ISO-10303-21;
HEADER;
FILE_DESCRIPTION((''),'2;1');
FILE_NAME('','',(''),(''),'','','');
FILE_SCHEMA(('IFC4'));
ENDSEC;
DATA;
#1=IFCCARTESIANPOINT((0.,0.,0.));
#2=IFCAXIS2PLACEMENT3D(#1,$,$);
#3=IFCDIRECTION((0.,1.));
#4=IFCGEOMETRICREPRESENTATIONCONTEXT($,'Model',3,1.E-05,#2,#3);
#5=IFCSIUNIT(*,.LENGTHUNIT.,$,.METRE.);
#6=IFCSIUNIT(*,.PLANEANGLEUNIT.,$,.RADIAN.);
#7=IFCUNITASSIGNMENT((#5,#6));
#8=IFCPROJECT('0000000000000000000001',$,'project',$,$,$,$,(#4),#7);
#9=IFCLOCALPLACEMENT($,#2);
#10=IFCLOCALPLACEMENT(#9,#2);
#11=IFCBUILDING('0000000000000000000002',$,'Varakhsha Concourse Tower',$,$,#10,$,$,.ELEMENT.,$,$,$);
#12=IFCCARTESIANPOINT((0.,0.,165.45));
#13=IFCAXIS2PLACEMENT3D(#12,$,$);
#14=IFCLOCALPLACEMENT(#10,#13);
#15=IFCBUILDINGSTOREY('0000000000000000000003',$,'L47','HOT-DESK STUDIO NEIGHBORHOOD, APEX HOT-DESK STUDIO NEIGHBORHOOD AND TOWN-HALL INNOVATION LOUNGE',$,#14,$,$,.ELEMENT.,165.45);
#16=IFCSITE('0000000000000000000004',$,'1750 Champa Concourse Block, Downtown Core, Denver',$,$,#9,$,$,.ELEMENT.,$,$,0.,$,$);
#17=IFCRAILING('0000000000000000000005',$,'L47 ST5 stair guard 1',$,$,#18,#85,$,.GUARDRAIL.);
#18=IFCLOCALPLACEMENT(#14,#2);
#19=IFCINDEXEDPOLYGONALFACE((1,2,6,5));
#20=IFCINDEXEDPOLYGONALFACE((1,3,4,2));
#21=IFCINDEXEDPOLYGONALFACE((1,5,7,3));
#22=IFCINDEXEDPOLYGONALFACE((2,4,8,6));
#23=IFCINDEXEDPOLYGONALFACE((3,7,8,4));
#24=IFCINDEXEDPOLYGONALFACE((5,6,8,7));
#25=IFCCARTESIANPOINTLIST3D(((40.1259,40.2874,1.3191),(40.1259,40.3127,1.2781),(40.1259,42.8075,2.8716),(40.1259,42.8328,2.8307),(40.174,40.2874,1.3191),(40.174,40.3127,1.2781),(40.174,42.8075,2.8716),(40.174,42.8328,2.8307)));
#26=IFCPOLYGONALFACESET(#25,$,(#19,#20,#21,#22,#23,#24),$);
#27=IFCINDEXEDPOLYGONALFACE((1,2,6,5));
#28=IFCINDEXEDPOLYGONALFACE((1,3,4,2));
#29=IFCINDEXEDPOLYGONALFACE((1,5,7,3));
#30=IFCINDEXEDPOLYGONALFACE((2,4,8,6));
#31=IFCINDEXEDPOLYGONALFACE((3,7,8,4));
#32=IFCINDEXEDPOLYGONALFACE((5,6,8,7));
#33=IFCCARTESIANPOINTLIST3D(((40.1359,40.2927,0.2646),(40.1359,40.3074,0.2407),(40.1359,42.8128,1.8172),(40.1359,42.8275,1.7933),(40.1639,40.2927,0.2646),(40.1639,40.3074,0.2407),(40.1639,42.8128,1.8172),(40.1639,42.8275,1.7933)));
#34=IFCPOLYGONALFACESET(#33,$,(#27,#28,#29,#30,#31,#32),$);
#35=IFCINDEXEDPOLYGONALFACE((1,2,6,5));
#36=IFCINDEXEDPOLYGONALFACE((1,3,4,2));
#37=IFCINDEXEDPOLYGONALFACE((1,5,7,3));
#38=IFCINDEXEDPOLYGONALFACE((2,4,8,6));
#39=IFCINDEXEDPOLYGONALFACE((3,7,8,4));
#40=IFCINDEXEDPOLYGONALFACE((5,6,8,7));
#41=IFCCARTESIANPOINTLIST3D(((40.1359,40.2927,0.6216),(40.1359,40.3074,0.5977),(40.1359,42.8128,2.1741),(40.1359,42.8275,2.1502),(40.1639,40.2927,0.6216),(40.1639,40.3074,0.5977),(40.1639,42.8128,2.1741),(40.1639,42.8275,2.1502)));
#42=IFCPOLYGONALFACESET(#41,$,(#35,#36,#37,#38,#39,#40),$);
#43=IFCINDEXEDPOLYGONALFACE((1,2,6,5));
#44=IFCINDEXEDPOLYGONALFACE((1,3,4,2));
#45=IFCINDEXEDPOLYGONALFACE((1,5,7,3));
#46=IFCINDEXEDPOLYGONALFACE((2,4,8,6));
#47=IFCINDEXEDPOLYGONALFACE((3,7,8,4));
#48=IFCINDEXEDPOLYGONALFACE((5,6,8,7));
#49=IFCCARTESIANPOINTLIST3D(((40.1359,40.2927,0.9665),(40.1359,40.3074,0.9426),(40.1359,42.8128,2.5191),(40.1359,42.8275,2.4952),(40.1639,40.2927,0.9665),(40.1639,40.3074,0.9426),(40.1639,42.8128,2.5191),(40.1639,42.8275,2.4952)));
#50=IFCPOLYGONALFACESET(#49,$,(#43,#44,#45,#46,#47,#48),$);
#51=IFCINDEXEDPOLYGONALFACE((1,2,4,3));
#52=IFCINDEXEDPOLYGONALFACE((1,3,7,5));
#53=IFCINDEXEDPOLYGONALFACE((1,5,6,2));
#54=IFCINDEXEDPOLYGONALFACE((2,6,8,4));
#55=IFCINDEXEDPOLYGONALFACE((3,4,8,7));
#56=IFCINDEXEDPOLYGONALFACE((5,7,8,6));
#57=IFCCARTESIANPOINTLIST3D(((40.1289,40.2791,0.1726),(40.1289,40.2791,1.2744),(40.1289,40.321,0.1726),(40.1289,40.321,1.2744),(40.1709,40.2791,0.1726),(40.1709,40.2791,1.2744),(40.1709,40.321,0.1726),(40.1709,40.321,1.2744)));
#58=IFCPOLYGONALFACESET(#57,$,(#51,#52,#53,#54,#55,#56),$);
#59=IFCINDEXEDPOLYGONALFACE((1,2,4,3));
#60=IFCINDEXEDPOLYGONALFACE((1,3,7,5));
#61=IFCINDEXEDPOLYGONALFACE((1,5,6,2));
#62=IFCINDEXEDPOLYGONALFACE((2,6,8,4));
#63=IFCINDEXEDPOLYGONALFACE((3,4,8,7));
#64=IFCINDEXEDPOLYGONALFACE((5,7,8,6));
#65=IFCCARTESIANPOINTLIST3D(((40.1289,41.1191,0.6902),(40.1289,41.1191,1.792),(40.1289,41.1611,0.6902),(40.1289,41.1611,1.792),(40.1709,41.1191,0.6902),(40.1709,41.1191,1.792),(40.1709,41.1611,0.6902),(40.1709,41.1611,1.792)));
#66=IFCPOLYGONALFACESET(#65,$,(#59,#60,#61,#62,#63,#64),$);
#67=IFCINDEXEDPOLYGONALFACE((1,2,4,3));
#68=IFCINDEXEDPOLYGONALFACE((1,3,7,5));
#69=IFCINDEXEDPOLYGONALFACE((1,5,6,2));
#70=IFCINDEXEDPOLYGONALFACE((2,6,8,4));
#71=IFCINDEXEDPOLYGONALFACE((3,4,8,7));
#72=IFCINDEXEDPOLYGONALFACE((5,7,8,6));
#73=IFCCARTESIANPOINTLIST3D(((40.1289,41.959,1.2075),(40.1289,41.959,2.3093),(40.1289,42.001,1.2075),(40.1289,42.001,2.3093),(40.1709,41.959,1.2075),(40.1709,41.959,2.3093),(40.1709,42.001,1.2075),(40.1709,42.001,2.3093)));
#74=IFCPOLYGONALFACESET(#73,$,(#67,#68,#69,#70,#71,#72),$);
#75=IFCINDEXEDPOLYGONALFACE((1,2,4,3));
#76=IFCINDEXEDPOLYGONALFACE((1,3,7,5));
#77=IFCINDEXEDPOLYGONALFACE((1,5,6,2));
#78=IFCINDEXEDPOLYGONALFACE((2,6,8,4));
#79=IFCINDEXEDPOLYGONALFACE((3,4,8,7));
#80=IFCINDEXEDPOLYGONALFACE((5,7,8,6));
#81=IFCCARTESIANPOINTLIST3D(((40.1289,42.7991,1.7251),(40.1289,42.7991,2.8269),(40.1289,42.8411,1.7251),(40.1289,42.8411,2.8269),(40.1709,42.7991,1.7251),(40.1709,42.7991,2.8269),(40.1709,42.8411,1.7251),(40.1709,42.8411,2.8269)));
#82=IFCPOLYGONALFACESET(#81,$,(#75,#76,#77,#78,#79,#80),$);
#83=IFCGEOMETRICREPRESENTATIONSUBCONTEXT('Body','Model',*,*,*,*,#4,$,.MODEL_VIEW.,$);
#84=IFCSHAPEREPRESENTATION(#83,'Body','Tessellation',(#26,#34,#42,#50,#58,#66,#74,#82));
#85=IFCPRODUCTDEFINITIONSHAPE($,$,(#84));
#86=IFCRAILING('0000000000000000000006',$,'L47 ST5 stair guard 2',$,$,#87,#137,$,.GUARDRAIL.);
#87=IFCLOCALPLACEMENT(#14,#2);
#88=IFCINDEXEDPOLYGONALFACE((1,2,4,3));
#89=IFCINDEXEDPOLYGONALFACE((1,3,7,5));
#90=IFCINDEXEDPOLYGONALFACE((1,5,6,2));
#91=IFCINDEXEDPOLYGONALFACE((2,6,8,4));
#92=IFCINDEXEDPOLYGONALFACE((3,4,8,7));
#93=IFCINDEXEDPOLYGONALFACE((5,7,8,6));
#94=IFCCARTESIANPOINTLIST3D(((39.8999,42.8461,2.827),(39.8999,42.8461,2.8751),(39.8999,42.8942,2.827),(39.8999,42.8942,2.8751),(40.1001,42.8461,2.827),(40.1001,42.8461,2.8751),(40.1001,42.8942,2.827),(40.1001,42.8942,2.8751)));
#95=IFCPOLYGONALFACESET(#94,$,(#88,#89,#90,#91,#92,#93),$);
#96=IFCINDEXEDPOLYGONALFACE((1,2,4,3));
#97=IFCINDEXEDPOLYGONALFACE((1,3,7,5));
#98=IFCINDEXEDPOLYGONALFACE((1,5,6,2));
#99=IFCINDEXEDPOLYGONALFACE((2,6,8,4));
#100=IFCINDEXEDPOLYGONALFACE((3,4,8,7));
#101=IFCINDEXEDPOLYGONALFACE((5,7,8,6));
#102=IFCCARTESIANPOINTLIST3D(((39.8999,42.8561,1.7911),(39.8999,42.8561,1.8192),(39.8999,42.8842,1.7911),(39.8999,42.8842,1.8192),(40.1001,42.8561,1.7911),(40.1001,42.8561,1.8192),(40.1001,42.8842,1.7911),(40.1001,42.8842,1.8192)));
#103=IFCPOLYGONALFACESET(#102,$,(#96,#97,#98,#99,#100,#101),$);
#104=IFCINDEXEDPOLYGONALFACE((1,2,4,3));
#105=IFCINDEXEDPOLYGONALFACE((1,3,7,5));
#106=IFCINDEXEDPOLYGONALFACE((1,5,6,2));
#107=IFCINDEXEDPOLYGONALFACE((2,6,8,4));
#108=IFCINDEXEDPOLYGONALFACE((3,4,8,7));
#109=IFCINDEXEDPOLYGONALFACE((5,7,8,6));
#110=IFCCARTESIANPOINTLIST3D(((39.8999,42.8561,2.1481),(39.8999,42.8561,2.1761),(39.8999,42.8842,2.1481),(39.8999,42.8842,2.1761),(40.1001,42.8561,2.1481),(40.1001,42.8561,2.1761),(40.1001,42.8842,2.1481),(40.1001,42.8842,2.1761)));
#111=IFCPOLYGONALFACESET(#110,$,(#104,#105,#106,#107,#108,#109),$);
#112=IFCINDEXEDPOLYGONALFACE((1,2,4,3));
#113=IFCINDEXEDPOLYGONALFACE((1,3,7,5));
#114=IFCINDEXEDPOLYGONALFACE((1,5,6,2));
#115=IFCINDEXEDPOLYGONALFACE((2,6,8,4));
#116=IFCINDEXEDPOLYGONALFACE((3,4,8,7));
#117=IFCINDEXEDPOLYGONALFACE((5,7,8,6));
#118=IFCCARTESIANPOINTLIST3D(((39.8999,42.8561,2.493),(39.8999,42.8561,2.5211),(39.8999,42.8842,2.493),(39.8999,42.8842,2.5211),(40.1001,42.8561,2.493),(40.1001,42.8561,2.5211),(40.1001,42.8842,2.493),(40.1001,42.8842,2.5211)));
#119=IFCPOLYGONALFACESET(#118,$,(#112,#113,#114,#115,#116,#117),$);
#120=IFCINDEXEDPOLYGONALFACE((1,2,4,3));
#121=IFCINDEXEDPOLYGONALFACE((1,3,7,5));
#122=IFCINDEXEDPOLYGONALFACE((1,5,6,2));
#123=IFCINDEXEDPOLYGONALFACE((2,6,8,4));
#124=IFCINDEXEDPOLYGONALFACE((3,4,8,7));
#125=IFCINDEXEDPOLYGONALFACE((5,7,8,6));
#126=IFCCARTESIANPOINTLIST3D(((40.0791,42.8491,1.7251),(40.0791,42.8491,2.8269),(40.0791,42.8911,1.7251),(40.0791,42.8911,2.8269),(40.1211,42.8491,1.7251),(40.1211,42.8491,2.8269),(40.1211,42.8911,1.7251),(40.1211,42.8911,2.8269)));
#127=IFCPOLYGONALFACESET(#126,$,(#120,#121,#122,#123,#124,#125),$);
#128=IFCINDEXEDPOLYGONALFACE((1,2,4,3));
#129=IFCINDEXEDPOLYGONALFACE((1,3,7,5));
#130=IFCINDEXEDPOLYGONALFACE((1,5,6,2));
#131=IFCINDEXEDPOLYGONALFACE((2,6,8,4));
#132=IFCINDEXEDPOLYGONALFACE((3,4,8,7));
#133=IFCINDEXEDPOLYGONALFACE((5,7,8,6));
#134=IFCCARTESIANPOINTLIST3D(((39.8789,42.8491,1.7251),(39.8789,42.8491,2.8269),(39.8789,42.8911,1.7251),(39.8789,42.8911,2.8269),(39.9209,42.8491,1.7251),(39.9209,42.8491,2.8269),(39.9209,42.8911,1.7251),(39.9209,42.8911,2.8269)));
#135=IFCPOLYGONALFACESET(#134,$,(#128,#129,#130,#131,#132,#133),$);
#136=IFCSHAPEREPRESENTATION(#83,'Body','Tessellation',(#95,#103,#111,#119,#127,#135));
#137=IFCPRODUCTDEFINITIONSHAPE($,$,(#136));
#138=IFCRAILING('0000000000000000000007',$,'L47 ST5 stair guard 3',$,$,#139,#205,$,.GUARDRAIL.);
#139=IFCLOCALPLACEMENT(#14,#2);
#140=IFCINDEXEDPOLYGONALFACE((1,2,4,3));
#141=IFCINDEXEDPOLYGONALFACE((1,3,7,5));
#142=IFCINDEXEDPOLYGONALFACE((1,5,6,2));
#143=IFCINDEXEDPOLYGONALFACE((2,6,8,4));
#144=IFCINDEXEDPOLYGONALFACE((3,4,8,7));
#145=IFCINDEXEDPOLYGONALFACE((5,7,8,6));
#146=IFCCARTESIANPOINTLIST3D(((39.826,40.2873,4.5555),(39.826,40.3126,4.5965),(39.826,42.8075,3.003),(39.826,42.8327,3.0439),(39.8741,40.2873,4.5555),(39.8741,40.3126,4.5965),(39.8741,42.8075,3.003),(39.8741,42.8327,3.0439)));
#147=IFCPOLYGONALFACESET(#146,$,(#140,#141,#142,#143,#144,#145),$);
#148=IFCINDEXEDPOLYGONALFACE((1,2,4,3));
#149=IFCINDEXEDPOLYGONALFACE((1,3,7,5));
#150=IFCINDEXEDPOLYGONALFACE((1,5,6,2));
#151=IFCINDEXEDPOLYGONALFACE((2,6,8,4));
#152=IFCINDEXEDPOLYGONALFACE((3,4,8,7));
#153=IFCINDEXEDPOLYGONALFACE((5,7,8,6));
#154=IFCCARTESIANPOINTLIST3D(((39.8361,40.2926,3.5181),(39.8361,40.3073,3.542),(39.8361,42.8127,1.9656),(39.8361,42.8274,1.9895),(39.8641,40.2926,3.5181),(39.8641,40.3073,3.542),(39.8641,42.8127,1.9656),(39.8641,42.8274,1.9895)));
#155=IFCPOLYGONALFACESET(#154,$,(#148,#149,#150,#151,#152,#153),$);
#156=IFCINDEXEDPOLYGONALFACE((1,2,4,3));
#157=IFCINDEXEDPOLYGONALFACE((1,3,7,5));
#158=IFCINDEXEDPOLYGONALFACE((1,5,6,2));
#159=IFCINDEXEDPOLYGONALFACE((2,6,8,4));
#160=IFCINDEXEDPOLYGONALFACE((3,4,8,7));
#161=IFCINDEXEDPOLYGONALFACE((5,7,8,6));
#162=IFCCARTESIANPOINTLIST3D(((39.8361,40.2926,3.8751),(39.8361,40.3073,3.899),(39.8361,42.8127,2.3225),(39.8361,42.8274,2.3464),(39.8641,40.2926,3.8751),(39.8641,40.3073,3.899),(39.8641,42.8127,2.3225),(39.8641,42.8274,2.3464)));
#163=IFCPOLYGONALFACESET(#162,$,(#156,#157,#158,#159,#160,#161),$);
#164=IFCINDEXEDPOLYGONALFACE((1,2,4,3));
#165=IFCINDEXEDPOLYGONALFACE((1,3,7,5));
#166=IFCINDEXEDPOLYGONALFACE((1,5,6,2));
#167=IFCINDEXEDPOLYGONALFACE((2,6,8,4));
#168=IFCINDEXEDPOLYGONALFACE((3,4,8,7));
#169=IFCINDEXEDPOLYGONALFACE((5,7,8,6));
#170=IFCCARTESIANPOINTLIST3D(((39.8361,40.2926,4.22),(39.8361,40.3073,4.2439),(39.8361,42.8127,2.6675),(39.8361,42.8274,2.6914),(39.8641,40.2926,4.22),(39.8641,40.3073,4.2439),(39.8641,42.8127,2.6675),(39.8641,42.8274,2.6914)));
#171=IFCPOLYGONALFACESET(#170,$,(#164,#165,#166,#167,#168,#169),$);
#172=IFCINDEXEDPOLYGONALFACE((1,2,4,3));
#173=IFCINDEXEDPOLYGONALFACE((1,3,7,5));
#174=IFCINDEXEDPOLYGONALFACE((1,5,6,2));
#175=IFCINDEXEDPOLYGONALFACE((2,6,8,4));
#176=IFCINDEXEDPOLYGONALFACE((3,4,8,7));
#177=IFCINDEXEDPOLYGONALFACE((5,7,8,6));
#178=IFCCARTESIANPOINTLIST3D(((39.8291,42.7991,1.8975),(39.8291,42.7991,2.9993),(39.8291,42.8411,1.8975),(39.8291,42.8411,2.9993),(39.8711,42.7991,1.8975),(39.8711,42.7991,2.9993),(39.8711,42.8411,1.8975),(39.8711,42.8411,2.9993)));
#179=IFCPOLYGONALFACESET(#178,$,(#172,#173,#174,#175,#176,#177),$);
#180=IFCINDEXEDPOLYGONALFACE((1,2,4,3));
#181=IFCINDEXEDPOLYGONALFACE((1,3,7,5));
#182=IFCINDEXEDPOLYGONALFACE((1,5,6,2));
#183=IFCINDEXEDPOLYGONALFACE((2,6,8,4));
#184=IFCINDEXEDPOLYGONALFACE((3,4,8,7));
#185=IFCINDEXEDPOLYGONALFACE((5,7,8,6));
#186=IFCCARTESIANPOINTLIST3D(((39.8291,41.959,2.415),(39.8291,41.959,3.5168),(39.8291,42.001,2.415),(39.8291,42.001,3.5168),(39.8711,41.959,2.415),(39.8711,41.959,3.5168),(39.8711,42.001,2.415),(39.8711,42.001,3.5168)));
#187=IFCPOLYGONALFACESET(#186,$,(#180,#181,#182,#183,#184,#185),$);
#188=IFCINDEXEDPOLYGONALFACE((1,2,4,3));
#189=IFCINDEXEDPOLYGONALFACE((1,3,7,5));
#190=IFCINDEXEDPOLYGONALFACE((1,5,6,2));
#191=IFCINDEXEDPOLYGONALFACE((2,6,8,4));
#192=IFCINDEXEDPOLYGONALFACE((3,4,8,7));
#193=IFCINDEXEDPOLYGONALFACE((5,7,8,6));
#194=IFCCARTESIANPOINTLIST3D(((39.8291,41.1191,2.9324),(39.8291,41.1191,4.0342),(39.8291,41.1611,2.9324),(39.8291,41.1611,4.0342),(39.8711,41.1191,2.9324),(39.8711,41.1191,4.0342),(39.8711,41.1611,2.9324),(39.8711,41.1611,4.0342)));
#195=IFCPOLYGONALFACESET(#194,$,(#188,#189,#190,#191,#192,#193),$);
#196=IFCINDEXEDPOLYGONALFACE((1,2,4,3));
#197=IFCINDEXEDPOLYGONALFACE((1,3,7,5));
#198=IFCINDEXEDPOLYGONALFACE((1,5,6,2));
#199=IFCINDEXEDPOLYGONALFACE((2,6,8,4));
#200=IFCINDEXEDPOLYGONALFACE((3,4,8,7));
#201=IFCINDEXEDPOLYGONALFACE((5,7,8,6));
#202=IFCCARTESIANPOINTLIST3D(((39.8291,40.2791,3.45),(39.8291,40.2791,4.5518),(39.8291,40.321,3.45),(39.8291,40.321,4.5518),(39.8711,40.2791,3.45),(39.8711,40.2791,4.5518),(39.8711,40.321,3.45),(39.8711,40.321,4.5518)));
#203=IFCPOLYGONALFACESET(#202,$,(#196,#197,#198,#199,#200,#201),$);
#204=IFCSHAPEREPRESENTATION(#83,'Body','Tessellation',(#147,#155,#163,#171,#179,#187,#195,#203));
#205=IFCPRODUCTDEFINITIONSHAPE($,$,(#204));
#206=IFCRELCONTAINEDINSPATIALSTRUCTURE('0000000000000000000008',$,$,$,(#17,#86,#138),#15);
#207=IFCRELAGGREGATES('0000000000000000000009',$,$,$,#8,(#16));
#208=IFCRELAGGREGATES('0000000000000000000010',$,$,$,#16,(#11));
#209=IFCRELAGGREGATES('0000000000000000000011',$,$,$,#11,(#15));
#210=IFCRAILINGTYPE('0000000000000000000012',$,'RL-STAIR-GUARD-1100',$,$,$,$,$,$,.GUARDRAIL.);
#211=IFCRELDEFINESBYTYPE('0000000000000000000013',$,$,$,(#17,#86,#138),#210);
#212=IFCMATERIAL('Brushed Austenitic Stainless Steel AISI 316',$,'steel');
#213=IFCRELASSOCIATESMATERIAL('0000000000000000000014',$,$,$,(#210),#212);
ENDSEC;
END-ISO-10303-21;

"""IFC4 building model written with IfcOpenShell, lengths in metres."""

from ifc_helpers import new_model, si_unit, direction, frame, origin, origin_2d, place, context, subcontext, project, spatial, rectangle, extrude, material, type_object, element, save


model = new_model("IFC4")

# Units and contexts
model_context = context("Model", 3, precision=1e-05, world=origin(), true_north=direction((0.0, 1.0)))
body_context = subcontext(model_context, "Body", "Model", "MODEL_VIEW")
ifc_project = project(units=[si_unit("LENGTHUNIT", "METRE"), si_unit("PLANEANGLEUNIT", "RADIAN")], contexts=[model_context])

# Site, building, storey
site_placement = place(None, origin())
site = spatial("IfcSite", under=ifc_project, at=site_placement, Name="1750 Champa Concourse Block, Downtown Core, Denver", CompositionType="ELEMENT", RefElevation=0.0)
building_placement = place(site_placement, origin())
building = spatial("IfcBuilding", under=site, at=building_placement, Name="Varakhsha Concourse Tower", CompositionType="ELEMENT")
storey_placement = place(building_placement, frame((0.0, 0.0, 165.45)))
storey = spatial("IfcBuildingStorey", under=building, at=storey_placement, Name="L47", Description="HOT-DESK STUDIO NEIGHBORHOOD, APEX HOT-DESK STUDIO NEIGHBORHOOD AND TOWN-HALL INNOVATION LOUNGE", CompositionType="ELEMENT", Elevation=165.45)

# Railings
ifc_material_1 = material(Name="Brushed Austenitic Stainless Steel AISI 316", Category="steel")
railing_type_1 = type_object("IfcRailingType", Name="RL-STAIR-GUARD-1100", PredefinedType="GUARDRAIL", material=ifc_material_1)
railing_1_placement = place(storey_placement, frame((40.1499, 40.3, 0.1726)))
element("IfcRailing", 1, at=railing_1_placement, inside=storey, type_object=railing_type_1, Name="L47 ST5 stair guard 1", PredefinedType="GUARDRAIL", context=body_context, shape_type="SweptSolid", body=[
    extrude(rectangle(XDim=0.0481, YDim=0.0481, at=origin_2d()), frame((0.0, 0.0, 1.126), z_axis=(0.0, 0.8514, 0.524516), x_axis=(-1.0, 0.0, 0.0)), (0.0, 0.0, 1.0), 2.96),
    extrude(rectangle(XDim=0.0281, YDim=0.0281, at=origin_2d()), frame((0.0, 0.0, 0.0801), z_axis=(0.0, 0.8514, 0.524516), x_axis=(-1.0, 0.0, 0.0)), (0.0, 0.0, 1.0), 2.96),
    extrude(rectangle(XDim=0.0281, YDim=0.0281, at=origin_2d()), frame((0.0, 0.0, 0.437), z_axis=(0.0, 0.8514, 0.524516), x_axis=(-1.0, 0.0, 0.0)), (0.0, 0.0, 1.0), 2.96),
    extrude(rectangle(XDim=0.0281, YDim=0.0281, at=origin_2d()), frame((0.0, 0.0, 0.782), z_axis=(0.0, 0.8514, 0.524516), x_axis=(-1.0, 0.0, 0.0)), (0.0, 0.0, 1.0), 2.96),
    extrude(rectangle(XDim=0.042, YDim=0.042, at=origin_2d()), origin(), (0.0, 0.0, 1.0), 1.1018),
    extrude(rectangle(XDim=0.042, YDim=0.042, at=origin_2d()), frame((0.0, 0.8401, 0.5176)), (0.0, 0.0, 1.0), 1.1018),
    extrude(rectangle(XDim=0.042, YDim=0.042, at=origin_2d()), frame((0.0, 1.6799, 1.0349)), (0.0, 0.0, 1.0), 1.1018),
    extrude(rectangle(XDim=0.042, YDim=0.042, at=origin_2d()), frame((0.0, 2.52, 1.5525)), (0.0, 0.0, 1.0), 1.1018),
])
railing_2_placement = place(storey_placement, frame((40.1001, 42.8701, 1.7251)))
element("IfcRailing", 2, at=railing_2_placement, inside=storey, type_object=railing_type_1, Name="L47 ST5 stair guard 2", PredefinedType="GUARDRAIL", context=body_context, shape_type="SweptSolid", body=[
    extrude(rectangle(XDim=0.0481, YDim=0.0481, at=origin_2d()), frame((0.0, 0.0, 1.126), z_axis=(-1.0, 0.0, 0.0), x_axis=(0.0, -1.0, 0.0)), (0.0, 0.0, 1.0), 0.2002),
    extrude(rectangle(XDim=0.0281, YDim=0.0281, at=origin_2d()), frame((0.0, 0.0, 0.0801), z_axis=(-1.0, 0.0, 0.0), x_axis=(0.0, -1.0, 0.0)), (0.0, 0.0, 1.0), 0.2002),
    extrude(rectangle(XDim=0.0281, YDim=0.0281, at=origin_2d()), frame((0.0, 0.0, 0.437), z_axis=(-1.0, 0.0, 0.0), x_axis=(0.0, -1.0, 0.0)), (0.0, 0.0, 1.0), 0.2002),
    extrude(rectangle(XDim=0.0281, YDim=0.0281, at=origin_2d()), frame((0.0, 0.0, 0.782), z_axis=(-1.0, 0.0, 0.0), x_axis=(0.0, -1.0, 0.0)), (0.0, 0.0, 1.0), 0.2002),
    extrude(rectangle(XDim=0.042, YDim=0.042, at=origin_2d()), origin(), (0.0, 0.0, 1.0), 1.1018),
    extrude(rectangle(XDim=0.042, YDim=0.042, at=origin_2d()), frame((-0.2002, 0.0, 0.0)), (0.0, 0.0, 1.0), 1.1018),
])
railing_3_placement = place(storey_placement, frame((39.8501, 42.8201, 1.8975)))
element("IfcRailing", 3, at=railing_3_placement, inside=storey, type_object=railing_type_1, Name="L47 ST5 stair guard 3", PredefinedType="GUARDRAIL", context=body_context, shape_type="SweptSolid", body=[
    extrude(rectangle(XDim=0.0481, YDim=0.0481, at=origin_2d()), frame((0.0, 0.0, 1.126), z_axis=(0.0, -0.8514, 0.524516), x_axis=(1.0, 0.0, 0.0)), (0.0, 0.0, 1.0), 2.96),
    extrude(rectangle(XDim=0.0281, YDim=0.0281, at=origin_2d()), frame((0.0, 0.0, 0.0801), z_axis=(0.0, -0.8514, 0.524516), x_axis=(1.0, 0.0, 0.0)), (0.0, 0.0, 1.0), 2.96),
    extrude(rectangle(XDim=0.0281, YDim=0.0281, at=origin_2d()), frame((0.0, 0.0, 0.437), z_axis=(0.0, -0.8514, 0.524516), x_axis=(1.0, 0.0, 0.0)), (0.0, 0.0, 1.0), 2.96),
    extrude(rectangle(XDim=0.0281, YDim=0.0281, at=origin_2d()), frame((0.0, 0.0, 0.782), z_axis=(0.0, -0.8514, 0.524516), x_axis=(1.0, 0.0, 0.0)), (0.0, 0.0, 1.0), 2.96),
    extrude(rectangle(XDim=0.042, YDim=0.042, at=origin_2d()), origin(), (0.0, 0.0, 1.0), 1.1018),
    extrude(rectangle(XDim=0.042, YDim=0.042, at=origin_2d()), frame((0.0, -0.8401, 0.5176)), (0.0, 0.0, 1.0), 1.1018),
    extrude(rectangle(XDim=0.042, YDim=0.042, at=origin_2d()), frame((0.0, -1.6799, 1.0349)), (0.0, 0.0, 1.0), 1.1018),
    extrude(rectangle(XDim=0.042, YDim=0.042, at=origin_2d()), frame((0.0, -2.52, 1.5525)), (0.0, 0.0, 1.0), 1.1018),
])

save(model, "model.ifc")
